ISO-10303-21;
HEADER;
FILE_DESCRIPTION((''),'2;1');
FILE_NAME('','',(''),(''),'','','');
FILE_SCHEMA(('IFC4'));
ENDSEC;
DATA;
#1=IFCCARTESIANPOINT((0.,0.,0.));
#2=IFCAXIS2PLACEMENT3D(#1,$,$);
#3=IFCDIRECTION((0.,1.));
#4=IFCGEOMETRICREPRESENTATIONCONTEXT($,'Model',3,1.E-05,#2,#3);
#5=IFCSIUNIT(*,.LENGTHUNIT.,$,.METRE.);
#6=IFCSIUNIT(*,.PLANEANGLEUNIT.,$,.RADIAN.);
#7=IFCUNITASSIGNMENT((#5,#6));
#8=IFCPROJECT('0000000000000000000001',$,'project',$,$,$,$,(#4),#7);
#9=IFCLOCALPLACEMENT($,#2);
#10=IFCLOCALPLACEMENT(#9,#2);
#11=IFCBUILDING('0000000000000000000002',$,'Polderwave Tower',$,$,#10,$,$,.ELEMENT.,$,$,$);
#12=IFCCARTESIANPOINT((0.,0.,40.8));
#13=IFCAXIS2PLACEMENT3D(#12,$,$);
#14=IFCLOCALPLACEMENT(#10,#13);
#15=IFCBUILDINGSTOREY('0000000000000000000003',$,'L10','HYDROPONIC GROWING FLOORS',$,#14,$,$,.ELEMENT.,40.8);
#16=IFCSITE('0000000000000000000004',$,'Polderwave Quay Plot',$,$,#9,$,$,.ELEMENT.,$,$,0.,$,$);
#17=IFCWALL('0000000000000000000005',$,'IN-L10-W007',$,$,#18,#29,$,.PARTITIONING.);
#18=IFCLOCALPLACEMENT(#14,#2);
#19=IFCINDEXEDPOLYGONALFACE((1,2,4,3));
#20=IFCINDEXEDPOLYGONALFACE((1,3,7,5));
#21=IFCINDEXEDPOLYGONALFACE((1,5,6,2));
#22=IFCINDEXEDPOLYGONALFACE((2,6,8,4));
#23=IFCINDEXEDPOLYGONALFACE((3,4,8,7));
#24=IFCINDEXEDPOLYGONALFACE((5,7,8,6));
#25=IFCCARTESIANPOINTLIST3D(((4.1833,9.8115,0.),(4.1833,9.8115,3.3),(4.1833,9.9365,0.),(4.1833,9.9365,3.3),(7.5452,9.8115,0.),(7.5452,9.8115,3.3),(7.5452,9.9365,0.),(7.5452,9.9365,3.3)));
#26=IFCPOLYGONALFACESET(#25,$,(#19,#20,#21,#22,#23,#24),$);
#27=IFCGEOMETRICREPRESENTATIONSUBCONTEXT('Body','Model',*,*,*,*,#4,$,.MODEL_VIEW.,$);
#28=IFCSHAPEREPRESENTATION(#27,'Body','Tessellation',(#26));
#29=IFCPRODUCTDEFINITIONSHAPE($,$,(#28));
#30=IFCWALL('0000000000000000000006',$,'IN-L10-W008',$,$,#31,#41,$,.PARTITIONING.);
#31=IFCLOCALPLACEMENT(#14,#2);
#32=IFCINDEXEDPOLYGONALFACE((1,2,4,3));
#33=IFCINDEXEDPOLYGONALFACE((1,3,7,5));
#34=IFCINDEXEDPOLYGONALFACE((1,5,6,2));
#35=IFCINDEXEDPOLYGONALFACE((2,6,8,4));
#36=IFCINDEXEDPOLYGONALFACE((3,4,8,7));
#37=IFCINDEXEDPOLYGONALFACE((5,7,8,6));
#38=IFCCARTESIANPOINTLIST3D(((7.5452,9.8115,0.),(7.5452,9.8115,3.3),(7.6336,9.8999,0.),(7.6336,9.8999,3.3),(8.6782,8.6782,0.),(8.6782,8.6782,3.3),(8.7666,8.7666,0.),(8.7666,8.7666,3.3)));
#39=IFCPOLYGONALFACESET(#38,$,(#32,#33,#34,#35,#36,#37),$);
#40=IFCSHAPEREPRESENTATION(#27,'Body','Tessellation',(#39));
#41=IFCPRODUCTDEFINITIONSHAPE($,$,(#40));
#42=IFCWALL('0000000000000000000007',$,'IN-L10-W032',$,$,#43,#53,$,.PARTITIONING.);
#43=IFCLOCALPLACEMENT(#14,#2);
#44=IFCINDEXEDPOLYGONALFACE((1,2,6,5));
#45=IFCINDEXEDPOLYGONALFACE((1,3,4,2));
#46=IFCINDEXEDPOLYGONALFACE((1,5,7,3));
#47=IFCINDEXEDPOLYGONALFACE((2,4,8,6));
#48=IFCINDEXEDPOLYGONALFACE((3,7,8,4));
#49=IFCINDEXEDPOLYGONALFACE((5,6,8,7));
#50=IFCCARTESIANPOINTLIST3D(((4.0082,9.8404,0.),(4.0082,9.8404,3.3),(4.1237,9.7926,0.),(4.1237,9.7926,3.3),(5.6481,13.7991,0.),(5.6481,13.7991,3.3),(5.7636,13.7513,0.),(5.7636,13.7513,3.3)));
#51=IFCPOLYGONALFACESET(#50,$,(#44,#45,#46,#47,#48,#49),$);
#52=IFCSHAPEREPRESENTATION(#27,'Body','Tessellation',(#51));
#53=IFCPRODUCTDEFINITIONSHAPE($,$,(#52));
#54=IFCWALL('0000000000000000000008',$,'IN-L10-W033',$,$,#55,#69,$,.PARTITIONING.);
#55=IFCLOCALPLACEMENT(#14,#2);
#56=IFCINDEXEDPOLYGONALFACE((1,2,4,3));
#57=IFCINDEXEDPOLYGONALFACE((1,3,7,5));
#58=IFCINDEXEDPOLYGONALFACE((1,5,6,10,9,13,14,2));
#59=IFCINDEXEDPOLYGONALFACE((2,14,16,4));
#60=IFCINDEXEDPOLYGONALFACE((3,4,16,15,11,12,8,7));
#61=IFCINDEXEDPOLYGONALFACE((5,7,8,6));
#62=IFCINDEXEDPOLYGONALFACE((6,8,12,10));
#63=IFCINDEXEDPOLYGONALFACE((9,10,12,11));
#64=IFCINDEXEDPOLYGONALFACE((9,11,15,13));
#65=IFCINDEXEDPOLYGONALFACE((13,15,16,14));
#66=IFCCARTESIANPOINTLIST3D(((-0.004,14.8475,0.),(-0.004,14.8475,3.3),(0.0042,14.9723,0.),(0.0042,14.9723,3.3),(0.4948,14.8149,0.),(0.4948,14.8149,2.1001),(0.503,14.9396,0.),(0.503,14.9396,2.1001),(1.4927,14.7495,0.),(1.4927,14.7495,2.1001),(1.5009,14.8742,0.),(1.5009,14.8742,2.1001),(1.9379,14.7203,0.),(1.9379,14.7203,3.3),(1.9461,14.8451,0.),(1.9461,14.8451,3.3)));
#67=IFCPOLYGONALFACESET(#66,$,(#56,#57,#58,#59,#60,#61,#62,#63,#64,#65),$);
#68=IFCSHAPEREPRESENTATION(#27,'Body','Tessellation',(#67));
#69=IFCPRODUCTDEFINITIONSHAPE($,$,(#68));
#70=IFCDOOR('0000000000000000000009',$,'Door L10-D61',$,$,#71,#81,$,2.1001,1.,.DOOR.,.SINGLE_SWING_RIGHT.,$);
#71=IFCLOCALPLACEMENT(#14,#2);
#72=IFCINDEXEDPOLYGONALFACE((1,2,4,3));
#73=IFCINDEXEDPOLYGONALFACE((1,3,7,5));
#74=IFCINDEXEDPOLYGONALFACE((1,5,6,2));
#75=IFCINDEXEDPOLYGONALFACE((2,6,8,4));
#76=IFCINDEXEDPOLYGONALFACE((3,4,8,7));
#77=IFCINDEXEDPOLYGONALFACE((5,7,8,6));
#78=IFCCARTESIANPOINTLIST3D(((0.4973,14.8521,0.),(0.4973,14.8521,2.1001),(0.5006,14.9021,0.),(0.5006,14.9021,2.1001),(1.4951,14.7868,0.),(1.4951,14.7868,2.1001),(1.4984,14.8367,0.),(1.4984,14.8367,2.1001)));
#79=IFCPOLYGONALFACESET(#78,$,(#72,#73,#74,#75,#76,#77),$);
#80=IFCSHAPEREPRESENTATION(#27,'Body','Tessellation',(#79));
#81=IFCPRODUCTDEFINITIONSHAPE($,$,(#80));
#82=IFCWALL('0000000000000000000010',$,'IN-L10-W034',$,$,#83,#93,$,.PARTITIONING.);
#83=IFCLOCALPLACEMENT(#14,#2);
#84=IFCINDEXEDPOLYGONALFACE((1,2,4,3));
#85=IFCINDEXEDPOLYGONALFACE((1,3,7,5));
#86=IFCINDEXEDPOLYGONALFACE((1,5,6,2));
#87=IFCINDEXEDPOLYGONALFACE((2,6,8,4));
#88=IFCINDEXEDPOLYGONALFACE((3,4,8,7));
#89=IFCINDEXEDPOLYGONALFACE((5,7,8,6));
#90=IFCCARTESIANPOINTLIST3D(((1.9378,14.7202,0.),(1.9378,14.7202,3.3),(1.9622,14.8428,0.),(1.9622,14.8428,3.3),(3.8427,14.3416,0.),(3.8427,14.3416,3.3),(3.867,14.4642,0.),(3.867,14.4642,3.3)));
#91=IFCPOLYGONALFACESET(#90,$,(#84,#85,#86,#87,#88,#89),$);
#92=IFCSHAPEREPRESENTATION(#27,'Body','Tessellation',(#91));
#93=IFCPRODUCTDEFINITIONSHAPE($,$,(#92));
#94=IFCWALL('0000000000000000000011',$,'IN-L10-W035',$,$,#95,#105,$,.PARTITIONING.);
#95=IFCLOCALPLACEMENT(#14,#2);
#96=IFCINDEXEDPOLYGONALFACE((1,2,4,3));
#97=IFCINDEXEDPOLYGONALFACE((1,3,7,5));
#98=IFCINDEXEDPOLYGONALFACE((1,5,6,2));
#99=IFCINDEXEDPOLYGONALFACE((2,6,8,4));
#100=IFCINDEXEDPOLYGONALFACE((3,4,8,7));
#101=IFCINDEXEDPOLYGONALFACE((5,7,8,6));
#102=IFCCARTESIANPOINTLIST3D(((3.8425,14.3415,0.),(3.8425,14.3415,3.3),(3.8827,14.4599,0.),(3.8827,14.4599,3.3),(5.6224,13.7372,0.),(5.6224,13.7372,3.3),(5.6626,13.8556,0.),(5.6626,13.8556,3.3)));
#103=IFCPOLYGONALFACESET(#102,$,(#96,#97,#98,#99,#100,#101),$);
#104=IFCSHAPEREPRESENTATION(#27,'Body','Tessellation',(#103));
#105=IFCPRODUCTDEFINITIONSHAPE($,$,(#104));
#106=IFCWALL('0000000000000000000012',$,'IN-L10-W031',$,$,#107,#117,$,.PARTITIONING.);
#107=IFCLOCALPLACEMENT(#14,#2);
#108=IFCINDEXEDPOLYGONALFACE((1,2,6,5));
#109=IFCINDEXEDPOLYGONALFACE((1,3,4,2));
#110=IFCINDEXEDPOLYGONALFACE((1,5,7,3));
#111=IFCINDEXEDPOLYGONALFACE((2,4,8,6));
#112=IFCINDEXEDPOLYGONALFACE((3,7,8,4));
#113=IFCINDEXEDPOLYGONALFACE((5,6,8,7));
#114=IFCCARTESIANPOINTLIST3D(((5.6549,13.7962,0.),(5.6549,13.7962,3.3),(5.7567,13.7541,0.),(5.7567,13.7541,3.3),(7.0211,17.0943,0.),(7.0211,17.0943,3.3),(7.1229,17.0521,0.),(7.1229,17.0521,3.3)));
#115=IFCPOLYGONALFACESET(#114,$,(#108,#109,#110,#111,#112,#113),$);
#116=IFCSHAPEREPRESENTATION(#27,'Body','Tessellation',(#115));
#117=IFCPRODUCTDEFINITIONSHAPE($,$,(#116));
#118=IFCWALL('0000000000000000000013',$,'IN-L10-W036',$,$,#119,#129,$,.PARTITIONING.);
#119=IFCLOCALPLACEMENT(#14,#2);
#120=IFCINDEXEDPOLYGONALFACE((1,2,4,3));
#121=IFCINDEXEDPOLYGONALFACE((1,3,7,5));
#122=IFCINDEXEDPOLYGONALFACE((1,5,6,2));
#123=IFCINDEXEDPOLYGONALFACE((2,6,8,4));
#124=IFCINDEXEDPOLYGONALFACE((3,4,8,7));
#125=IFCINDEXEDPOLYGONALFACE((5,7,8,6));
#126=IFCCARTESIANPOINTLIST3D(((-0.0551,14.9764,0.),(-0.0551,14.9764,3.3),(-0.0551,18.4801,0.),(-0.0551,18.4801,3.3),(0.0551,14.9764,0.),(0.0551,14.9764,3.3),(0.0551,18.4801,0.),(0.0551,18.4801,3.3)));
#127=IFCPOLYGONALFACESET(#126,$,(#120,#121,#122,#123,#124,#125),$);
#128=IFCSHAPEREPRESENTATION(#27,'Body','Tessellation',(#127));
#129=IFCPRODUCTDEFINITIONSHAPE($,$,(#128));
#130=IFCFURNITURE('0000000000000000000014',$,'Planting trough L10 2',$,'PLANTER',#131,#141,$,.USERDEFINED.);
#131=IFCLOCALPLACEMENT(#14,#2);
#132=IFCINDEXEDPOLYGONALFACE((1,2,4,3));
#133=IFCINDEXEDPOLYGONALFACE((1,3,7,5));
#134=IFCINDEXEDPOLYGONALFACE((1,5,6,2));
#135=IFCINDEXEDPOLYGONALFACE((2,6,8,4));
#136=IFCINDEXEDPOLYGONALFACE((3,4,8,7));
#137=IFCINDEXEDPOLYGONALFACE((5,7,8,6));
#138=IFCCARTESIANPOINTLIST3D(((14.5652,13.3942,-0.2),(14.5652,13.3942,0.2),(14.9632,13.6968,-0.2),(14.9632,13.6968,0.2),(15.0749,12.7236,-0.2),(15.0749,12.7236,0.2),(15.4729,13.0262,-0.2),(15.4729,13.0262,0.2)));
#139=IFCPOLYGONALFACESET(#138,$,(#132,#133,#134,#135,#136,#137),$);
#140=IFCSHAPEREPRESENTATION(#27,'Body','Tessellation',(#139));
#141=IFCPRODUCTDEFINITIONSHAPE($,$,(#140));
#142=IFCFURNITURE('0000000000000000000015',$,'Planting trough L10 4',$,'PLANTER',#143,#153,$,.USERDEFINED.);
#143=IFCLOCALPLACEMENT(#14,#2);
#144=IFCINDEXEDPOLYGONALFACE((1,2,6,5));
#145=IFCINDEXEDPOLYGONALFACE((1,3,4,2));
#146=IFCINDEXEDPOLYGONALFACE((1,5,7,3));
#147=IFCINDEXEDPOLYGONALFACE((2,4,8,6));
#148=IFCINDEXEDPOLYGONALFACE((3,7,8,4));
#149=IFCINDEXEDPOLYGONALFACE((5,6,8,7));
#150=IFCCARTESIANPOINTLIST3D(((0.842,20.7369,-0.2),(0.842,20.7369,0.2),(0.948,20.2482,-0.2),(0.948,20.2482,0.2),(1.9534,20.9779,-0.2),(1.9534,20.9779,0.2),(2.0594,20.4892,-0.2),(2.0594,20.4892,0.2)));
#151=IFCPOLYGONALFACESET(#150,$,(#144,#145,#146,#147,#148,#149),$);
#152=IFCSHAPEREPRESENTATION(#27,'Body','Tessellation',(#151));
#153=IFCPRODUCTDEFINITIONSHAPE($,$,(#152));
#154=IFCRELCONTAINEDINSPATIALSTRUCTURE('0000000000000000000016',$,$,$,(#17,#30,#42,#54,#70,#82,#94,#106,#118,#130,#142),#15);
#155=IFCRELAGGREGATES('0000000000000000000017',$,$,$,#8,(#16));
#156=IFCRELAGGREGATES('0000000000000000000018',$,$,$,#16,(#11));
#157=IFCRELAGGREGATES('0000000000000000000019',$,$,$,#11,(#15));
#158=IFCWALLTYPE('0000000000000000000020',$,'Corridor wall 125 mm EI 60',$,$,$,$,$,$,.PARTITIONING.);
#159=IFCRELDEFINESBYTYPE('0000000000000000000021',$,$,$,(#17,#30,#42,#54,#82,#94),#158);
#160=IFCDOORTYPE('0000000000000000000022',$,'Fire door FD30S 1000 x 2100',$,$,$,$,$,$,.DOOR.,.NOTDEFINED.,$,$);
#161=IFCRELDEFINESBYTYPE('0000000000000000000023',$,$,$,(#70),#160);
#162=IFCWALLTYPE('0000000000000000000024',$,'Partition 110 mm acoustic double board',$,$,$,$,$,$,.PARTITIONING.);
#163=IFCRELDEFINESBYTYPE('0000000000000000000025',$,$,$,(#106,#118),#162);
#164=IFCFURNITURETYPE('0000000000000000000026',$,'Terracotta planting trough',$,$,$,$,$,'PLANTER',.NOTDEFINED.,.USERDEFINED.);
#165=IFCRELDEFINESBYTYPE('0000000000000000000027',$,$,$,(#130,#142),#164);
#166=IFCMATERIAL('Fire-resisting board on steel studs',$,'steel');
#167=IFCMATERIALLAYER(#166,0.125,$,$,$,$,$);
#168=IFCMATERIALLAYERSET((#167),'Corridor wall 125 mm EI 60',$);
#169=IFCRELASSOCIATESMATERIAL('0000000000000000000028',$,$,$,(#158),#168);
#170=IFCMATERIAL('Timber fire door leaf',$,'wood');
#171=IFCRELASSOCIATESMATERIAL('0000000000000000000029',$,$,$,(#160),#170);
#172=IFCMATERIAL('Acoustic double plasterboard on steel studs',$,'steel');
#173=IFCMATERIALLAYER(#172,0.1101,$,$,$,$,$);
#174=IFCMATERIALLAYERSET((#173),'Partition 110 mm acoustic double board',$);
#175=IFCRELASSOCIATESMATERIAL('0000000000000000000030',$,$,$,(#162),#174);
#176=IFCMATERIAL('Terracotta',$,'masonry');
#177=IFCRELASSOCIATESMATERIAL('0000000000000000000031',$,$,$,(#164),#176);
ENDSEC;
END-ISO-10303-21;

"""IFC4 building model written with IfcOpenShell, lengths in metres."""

from ifc_helpers import new_model, si_unit, direction, frame, frame_2d, origin, origin_2d, place, context, subcontext, project, spatial, rectangle, extrude, material, layer, layer_set, type_object, element, fill, save


model = new_model("IFC4")

# Units and contexts
model_context = context("Model", 3, precision=1e-05, world=origin(), true_north=direction((0.0, 1.0)))
body_context = subcontext(model_context, "Body", "Model", "MODEL_VIEW")
ifc_project = project(units=[si_unit("LENGTHUNIT", "METRE"), si_unit("PLANEANGLEUNIT", "RADIAN")], contexts=[model_context])

# Site, building, storey
site_placement = place(None, origin())
site = spatial("IfcSite", under=ifc_project, at=site_placement, Name="Polderwave Quay Plot", CompositionType="ELEMENT", RefElevation=0.0)
building_placement = place(site_placement, origin())
building = spatial("IfcBuilding", under=site, at=building_placement, Name="Polderwave Tower", CompositionType="ELEMENT")
storey_placement = place(building_placement, frame((0.0, 0.0, 40.8)))
storey = spatial("IfcBuildingStorey", under=building, at=storey_placement, Name="L10", Description="HYDROPONIC GROWING FLOORS", CompositionType="ELEMENT", Elevation=40.8)

# Walls
ifc_material_1 = material(Name="Fire-resisting board on steel studs", Category="steel")
ifc_layer_1 = layer(ifc_material_1, 0.125)
ifc_layer_set_1 = layer_set([ifc_layer_1], Name="Corridor wall 125 mm EI 60")
wall_type_1 = type_object("IfcWallType", Name="Corridor wall 125 mm EI 60", PredefinedType="PARTITIONING", material=ifc_layer_set_1)
wall_1_placement = place(storey_placement, frame((4.1833, 9.874, 0.0), z_axis=(0.0, 0.0, 1.0), x_axis=(1.0, 0.0, 0.0)))
element("IfcWall", 1, at=wall_1_placement, inside=storey, type_object=wall_type_1, Name="IN-L10-W007", PredefinedType="PARTITIONING", context=body_context, shape_type="SweptSolid", body=[
    extrude(rectangle(XDim=3.3618, YDim=0.125, at=frame_2d((1.6809, 0.0))), origin(), (0.0, 0.0, 1.0), 3.3),
])
wall_2_placement = place(storey_placement, frame((7.5894, 9.8557, 0.0), z_axis=(0.0, 0.0, 1.0), x_axis=(0.707031, -0.707183, 0.0)))
element("IfcWall", 2, at=wall_2_placement, inside=storey, type_object=wall_type_1, Name="IN-L10-W008", PredefinedType="PARTITIONING", context=body_context, shape_type="SweptSolid", body=[
    extrude(rectangle(XDim=1.6025, YDim=0.125, at=frame_2d((0.8013, 0.0))), origin(), (0.0, 0.0, 1.0), 3.3),
])
wall_3_placement = place(storey_placement, frame((4.0659, 9.8164, 0.0), z_axis=(0.0, 0.0, 1.0), x_axis=(0.382709, 0.923869, 0.0)))
element("IfcWall", 3, at=wall_3_placement, inside=storey, type_object=wall_type_1, Name="IN-L10-W032", PredefinedType="PARTITIONING", context=body_context, shape_type="SweptSolid", body=[
    extrude(rectangle(XDim=4.2849, YDim=0.125, at=frame_2d((2.1426, 0.0))), origin(), (0.0, 0.0, 1.0), 3.3),
])

# Wall, opening, door
wall_4_placement = place(storey_placement, frame((0.0, 14.9099, 0.0), z_axis=(0.0, 0.0, 1.0), x_axis=(0.997862, -0.065362, 0.0)))
wall_4 = element("IfcWall", 4, at=wall_4_placement, inside=storey, type_object=wall_type_1, Name="IN-L10-W033", PredefinedType="PARTITIONING", context=body_context, shape_type="SweptSolid", body=[
    extrude(rectangle(XDim=1.946, YDim=0.125, at=frame_2d((0.9731, 0.0))), origin(), (0.0, 0.0, 1.0), 3.3),
])
opening_placement = place(wall_4_placement, frame((0.5, 0.0, 0.0)))
opening = element("IfcOpeningElement", 5, at=opening_placement, cuts=wall_4, PredefinedType="OPENING", context=body_context, shape_type="SweptSolid", body=[
    extrude(rectangle(XDim=1.0, YDim=2.1001, at=frame_2d((0.5, 1.05))), frame((0.0, 0.0725, 0.0), z_axis=(0.0, -1.0, 0.0), x_axis=(1.0, 0.0, 0.0)), (0.0, 0.0, 1.0), 0.145),
])
ifc_material_2 = material(Name="Timber fire door leaf", Category="wood")
door_type = type_object("IfcDoorType", Name="Fire door FD30S 1000 x 2100", OperationType="NOTDEFINED", PredefinedType="DOOR", material=ifc_material_2)
door_placement = place(opening_placement, origin())
door = element("IfcDoor", 6, at=door_placement, inside=storey, type_object=door_type, Name="Door L10-D61", OperationType="SINGLE_SWING_RIGHT", OverallHeight=2.1001, OverallWidth=1.0, PredefinedType="DOOR", context=body_context, shape_type="SweptSolid", body=[
    extrude(rectangle(XDim=1.0, YDim=2.1001, at=frame_2d((0.5, 1.05))), frame((0.0, 0.0249, 0.0), z_axis=(0.0, -1.0, 0.0), x_axis=(1.0, 0.0, 0.0)), (0.0, 0.0, 1.0), 0.05),
])
fill(opening, door)

# Walls
wall_5_placement = place(storey_placement, frame((3.855, 14.4028, 0.0), z_axis=(0.0, 0.0, 1.0), x_axis=(-0.980807, 0.19498, 0.0)))
element("IfcWall", 7, at=wall_5_placement, inside=storey, type_object=wall_type_1, Name="IN-L10-W034", PredefinedType="PARTITIONING", context=body_context, shape_type="SweptSolid", body=[
    extrude(rectangle(XDim=1.9421, YDim=0.125, at=frame_2d((0.9712, 0.0))), origin(), (0.0, 0.0, 1.0), 3.3),
])
wall_6_placement = place(storey_placement, frame((5.6426, 13.7964, 0.0), z_axis=(0.0, 0.0, 1.0), x_axis=(-0.946915, 0.321484, 0.0)))
element("IfcWall", 8, at=wall_6_placement, inside=storey, type_object=wall_type_1, Name="IN-L10-W035", PredefinedType="PARTITIONING", context=body_context, shape_type="SweptSolid", body=[
    extrude(rectangle(XDim=1.8796, YDim=0.125, at=frame_2d((0.9399, 0.0))), origin(), (0.0, 0.0, 1.0), 3.3),
])
ifc_material_3 = material(Name="Acoustic double plasterboard on steel studs", Category="steel")
ifc_layer_2 = layer(ifc_material_3, 0.1101)
ifc_layer_set_2 = layer_set([ifc_layer_2], Name="Partition 110 mm acoustic double board")
wall_type_2 = type_object("IfcWallType", Name="Partition 110 mm acoustic double board", PredefinedType="PARTITIONING", material=ifc_layer_set_2)
wall_7_placement = place(storey_placement, frame((5.7058, 13.7751, 0.0), z_axis=(0.0, 0.0, 1.0), x_axis=(0.382706, 0.92387, 0.0)))
element("IfcWall", 9, at=wall_7_placement, inside=storey, type_object=wall_type_2, Name="IN-L10-W031", PredefinedType="PARTITIONING", context=body_context, shape_type="SweptSolid", body=[
    extrude(rectangle(XDim=3.5698, YDim=0.1101, at=frame_2d((1.7849, 0.0))), origin(), (0.0, 0.0, 1.0), 3.3),
])
wall_8_placement = place(storey_placement, frame((0.0, 14.9763, 0.0), z_axis=(0.0, 0.0, 1.0), x_axis=(0.0, 1.0, 0.0)))
element("IfcWall", 10, at=wall_8_placement, inside=storey, type_object=wall_type_2, Name="IN-L10-W036", PredefinedType="PARTITIONING", context=body_context, shape_type="SweptSolid", body=[
    extrude(rectangle(XDim=3.5037, YDim=0.1101, at=frame_2d((1.752, 0.0))), origin(), (0.0, 0.0, 1.0), 3.3),
])

# Furniture
ifc_material_4 = material(Name="Terracotta", Category="masonry")
furniture_type = type_object("IfcFurnitureType", Name="Terracotta planting trough", ElementType="PLANTER", AssemblyPlace="NOTDEFINED", PredefinedType="USERDEFINED", material=ifc_material_4)
furniture_1_placement = place(storey_placement, frame((15.019, 13.2102, -0.2), z_axis=(0.0, 0.0, 1.0), x_axis=(-0.605162, 0.796102, 0.0)))
element("IfcFurniture", 11, at=furniture_1_placement, inside=storey, type_object=furniture_type, Name="Planting trough L10 2", ObjectType="PLANTER", PredefinedType="USERDEFINED", context=body_context, shape_type="SweptSolid", body=[
    extrude(rectangle(XDim=0.8423, YDim=0.5, at=origin_2d()), origin(), (0.0, 0.0, 1.0), 0.3999),
])
furniture_2_placement = place(storey_placement, frame((1.4507, 20.613, -0.2), z_axis=(0.0, 0.0, 1.0), x_axis=(-0.977285, -0.211929, 0.0)))
element("IfcFurniture", 12, at=furniture_2_placement, inside=storey, type_object=furniture_type, Name="Planting trough L10 4", ObjectType="PLANTER", PredefinedType="USERDEFINED", context=body_context, shape_type="SweptSolid", body=[
    extrude(rectangle(XDim=1.1372, YDim=0.5, at=origin_2d()), origin(), (0.0, 0.0, 1.0), 0.3999),
])

save(model, "model.ifc")
